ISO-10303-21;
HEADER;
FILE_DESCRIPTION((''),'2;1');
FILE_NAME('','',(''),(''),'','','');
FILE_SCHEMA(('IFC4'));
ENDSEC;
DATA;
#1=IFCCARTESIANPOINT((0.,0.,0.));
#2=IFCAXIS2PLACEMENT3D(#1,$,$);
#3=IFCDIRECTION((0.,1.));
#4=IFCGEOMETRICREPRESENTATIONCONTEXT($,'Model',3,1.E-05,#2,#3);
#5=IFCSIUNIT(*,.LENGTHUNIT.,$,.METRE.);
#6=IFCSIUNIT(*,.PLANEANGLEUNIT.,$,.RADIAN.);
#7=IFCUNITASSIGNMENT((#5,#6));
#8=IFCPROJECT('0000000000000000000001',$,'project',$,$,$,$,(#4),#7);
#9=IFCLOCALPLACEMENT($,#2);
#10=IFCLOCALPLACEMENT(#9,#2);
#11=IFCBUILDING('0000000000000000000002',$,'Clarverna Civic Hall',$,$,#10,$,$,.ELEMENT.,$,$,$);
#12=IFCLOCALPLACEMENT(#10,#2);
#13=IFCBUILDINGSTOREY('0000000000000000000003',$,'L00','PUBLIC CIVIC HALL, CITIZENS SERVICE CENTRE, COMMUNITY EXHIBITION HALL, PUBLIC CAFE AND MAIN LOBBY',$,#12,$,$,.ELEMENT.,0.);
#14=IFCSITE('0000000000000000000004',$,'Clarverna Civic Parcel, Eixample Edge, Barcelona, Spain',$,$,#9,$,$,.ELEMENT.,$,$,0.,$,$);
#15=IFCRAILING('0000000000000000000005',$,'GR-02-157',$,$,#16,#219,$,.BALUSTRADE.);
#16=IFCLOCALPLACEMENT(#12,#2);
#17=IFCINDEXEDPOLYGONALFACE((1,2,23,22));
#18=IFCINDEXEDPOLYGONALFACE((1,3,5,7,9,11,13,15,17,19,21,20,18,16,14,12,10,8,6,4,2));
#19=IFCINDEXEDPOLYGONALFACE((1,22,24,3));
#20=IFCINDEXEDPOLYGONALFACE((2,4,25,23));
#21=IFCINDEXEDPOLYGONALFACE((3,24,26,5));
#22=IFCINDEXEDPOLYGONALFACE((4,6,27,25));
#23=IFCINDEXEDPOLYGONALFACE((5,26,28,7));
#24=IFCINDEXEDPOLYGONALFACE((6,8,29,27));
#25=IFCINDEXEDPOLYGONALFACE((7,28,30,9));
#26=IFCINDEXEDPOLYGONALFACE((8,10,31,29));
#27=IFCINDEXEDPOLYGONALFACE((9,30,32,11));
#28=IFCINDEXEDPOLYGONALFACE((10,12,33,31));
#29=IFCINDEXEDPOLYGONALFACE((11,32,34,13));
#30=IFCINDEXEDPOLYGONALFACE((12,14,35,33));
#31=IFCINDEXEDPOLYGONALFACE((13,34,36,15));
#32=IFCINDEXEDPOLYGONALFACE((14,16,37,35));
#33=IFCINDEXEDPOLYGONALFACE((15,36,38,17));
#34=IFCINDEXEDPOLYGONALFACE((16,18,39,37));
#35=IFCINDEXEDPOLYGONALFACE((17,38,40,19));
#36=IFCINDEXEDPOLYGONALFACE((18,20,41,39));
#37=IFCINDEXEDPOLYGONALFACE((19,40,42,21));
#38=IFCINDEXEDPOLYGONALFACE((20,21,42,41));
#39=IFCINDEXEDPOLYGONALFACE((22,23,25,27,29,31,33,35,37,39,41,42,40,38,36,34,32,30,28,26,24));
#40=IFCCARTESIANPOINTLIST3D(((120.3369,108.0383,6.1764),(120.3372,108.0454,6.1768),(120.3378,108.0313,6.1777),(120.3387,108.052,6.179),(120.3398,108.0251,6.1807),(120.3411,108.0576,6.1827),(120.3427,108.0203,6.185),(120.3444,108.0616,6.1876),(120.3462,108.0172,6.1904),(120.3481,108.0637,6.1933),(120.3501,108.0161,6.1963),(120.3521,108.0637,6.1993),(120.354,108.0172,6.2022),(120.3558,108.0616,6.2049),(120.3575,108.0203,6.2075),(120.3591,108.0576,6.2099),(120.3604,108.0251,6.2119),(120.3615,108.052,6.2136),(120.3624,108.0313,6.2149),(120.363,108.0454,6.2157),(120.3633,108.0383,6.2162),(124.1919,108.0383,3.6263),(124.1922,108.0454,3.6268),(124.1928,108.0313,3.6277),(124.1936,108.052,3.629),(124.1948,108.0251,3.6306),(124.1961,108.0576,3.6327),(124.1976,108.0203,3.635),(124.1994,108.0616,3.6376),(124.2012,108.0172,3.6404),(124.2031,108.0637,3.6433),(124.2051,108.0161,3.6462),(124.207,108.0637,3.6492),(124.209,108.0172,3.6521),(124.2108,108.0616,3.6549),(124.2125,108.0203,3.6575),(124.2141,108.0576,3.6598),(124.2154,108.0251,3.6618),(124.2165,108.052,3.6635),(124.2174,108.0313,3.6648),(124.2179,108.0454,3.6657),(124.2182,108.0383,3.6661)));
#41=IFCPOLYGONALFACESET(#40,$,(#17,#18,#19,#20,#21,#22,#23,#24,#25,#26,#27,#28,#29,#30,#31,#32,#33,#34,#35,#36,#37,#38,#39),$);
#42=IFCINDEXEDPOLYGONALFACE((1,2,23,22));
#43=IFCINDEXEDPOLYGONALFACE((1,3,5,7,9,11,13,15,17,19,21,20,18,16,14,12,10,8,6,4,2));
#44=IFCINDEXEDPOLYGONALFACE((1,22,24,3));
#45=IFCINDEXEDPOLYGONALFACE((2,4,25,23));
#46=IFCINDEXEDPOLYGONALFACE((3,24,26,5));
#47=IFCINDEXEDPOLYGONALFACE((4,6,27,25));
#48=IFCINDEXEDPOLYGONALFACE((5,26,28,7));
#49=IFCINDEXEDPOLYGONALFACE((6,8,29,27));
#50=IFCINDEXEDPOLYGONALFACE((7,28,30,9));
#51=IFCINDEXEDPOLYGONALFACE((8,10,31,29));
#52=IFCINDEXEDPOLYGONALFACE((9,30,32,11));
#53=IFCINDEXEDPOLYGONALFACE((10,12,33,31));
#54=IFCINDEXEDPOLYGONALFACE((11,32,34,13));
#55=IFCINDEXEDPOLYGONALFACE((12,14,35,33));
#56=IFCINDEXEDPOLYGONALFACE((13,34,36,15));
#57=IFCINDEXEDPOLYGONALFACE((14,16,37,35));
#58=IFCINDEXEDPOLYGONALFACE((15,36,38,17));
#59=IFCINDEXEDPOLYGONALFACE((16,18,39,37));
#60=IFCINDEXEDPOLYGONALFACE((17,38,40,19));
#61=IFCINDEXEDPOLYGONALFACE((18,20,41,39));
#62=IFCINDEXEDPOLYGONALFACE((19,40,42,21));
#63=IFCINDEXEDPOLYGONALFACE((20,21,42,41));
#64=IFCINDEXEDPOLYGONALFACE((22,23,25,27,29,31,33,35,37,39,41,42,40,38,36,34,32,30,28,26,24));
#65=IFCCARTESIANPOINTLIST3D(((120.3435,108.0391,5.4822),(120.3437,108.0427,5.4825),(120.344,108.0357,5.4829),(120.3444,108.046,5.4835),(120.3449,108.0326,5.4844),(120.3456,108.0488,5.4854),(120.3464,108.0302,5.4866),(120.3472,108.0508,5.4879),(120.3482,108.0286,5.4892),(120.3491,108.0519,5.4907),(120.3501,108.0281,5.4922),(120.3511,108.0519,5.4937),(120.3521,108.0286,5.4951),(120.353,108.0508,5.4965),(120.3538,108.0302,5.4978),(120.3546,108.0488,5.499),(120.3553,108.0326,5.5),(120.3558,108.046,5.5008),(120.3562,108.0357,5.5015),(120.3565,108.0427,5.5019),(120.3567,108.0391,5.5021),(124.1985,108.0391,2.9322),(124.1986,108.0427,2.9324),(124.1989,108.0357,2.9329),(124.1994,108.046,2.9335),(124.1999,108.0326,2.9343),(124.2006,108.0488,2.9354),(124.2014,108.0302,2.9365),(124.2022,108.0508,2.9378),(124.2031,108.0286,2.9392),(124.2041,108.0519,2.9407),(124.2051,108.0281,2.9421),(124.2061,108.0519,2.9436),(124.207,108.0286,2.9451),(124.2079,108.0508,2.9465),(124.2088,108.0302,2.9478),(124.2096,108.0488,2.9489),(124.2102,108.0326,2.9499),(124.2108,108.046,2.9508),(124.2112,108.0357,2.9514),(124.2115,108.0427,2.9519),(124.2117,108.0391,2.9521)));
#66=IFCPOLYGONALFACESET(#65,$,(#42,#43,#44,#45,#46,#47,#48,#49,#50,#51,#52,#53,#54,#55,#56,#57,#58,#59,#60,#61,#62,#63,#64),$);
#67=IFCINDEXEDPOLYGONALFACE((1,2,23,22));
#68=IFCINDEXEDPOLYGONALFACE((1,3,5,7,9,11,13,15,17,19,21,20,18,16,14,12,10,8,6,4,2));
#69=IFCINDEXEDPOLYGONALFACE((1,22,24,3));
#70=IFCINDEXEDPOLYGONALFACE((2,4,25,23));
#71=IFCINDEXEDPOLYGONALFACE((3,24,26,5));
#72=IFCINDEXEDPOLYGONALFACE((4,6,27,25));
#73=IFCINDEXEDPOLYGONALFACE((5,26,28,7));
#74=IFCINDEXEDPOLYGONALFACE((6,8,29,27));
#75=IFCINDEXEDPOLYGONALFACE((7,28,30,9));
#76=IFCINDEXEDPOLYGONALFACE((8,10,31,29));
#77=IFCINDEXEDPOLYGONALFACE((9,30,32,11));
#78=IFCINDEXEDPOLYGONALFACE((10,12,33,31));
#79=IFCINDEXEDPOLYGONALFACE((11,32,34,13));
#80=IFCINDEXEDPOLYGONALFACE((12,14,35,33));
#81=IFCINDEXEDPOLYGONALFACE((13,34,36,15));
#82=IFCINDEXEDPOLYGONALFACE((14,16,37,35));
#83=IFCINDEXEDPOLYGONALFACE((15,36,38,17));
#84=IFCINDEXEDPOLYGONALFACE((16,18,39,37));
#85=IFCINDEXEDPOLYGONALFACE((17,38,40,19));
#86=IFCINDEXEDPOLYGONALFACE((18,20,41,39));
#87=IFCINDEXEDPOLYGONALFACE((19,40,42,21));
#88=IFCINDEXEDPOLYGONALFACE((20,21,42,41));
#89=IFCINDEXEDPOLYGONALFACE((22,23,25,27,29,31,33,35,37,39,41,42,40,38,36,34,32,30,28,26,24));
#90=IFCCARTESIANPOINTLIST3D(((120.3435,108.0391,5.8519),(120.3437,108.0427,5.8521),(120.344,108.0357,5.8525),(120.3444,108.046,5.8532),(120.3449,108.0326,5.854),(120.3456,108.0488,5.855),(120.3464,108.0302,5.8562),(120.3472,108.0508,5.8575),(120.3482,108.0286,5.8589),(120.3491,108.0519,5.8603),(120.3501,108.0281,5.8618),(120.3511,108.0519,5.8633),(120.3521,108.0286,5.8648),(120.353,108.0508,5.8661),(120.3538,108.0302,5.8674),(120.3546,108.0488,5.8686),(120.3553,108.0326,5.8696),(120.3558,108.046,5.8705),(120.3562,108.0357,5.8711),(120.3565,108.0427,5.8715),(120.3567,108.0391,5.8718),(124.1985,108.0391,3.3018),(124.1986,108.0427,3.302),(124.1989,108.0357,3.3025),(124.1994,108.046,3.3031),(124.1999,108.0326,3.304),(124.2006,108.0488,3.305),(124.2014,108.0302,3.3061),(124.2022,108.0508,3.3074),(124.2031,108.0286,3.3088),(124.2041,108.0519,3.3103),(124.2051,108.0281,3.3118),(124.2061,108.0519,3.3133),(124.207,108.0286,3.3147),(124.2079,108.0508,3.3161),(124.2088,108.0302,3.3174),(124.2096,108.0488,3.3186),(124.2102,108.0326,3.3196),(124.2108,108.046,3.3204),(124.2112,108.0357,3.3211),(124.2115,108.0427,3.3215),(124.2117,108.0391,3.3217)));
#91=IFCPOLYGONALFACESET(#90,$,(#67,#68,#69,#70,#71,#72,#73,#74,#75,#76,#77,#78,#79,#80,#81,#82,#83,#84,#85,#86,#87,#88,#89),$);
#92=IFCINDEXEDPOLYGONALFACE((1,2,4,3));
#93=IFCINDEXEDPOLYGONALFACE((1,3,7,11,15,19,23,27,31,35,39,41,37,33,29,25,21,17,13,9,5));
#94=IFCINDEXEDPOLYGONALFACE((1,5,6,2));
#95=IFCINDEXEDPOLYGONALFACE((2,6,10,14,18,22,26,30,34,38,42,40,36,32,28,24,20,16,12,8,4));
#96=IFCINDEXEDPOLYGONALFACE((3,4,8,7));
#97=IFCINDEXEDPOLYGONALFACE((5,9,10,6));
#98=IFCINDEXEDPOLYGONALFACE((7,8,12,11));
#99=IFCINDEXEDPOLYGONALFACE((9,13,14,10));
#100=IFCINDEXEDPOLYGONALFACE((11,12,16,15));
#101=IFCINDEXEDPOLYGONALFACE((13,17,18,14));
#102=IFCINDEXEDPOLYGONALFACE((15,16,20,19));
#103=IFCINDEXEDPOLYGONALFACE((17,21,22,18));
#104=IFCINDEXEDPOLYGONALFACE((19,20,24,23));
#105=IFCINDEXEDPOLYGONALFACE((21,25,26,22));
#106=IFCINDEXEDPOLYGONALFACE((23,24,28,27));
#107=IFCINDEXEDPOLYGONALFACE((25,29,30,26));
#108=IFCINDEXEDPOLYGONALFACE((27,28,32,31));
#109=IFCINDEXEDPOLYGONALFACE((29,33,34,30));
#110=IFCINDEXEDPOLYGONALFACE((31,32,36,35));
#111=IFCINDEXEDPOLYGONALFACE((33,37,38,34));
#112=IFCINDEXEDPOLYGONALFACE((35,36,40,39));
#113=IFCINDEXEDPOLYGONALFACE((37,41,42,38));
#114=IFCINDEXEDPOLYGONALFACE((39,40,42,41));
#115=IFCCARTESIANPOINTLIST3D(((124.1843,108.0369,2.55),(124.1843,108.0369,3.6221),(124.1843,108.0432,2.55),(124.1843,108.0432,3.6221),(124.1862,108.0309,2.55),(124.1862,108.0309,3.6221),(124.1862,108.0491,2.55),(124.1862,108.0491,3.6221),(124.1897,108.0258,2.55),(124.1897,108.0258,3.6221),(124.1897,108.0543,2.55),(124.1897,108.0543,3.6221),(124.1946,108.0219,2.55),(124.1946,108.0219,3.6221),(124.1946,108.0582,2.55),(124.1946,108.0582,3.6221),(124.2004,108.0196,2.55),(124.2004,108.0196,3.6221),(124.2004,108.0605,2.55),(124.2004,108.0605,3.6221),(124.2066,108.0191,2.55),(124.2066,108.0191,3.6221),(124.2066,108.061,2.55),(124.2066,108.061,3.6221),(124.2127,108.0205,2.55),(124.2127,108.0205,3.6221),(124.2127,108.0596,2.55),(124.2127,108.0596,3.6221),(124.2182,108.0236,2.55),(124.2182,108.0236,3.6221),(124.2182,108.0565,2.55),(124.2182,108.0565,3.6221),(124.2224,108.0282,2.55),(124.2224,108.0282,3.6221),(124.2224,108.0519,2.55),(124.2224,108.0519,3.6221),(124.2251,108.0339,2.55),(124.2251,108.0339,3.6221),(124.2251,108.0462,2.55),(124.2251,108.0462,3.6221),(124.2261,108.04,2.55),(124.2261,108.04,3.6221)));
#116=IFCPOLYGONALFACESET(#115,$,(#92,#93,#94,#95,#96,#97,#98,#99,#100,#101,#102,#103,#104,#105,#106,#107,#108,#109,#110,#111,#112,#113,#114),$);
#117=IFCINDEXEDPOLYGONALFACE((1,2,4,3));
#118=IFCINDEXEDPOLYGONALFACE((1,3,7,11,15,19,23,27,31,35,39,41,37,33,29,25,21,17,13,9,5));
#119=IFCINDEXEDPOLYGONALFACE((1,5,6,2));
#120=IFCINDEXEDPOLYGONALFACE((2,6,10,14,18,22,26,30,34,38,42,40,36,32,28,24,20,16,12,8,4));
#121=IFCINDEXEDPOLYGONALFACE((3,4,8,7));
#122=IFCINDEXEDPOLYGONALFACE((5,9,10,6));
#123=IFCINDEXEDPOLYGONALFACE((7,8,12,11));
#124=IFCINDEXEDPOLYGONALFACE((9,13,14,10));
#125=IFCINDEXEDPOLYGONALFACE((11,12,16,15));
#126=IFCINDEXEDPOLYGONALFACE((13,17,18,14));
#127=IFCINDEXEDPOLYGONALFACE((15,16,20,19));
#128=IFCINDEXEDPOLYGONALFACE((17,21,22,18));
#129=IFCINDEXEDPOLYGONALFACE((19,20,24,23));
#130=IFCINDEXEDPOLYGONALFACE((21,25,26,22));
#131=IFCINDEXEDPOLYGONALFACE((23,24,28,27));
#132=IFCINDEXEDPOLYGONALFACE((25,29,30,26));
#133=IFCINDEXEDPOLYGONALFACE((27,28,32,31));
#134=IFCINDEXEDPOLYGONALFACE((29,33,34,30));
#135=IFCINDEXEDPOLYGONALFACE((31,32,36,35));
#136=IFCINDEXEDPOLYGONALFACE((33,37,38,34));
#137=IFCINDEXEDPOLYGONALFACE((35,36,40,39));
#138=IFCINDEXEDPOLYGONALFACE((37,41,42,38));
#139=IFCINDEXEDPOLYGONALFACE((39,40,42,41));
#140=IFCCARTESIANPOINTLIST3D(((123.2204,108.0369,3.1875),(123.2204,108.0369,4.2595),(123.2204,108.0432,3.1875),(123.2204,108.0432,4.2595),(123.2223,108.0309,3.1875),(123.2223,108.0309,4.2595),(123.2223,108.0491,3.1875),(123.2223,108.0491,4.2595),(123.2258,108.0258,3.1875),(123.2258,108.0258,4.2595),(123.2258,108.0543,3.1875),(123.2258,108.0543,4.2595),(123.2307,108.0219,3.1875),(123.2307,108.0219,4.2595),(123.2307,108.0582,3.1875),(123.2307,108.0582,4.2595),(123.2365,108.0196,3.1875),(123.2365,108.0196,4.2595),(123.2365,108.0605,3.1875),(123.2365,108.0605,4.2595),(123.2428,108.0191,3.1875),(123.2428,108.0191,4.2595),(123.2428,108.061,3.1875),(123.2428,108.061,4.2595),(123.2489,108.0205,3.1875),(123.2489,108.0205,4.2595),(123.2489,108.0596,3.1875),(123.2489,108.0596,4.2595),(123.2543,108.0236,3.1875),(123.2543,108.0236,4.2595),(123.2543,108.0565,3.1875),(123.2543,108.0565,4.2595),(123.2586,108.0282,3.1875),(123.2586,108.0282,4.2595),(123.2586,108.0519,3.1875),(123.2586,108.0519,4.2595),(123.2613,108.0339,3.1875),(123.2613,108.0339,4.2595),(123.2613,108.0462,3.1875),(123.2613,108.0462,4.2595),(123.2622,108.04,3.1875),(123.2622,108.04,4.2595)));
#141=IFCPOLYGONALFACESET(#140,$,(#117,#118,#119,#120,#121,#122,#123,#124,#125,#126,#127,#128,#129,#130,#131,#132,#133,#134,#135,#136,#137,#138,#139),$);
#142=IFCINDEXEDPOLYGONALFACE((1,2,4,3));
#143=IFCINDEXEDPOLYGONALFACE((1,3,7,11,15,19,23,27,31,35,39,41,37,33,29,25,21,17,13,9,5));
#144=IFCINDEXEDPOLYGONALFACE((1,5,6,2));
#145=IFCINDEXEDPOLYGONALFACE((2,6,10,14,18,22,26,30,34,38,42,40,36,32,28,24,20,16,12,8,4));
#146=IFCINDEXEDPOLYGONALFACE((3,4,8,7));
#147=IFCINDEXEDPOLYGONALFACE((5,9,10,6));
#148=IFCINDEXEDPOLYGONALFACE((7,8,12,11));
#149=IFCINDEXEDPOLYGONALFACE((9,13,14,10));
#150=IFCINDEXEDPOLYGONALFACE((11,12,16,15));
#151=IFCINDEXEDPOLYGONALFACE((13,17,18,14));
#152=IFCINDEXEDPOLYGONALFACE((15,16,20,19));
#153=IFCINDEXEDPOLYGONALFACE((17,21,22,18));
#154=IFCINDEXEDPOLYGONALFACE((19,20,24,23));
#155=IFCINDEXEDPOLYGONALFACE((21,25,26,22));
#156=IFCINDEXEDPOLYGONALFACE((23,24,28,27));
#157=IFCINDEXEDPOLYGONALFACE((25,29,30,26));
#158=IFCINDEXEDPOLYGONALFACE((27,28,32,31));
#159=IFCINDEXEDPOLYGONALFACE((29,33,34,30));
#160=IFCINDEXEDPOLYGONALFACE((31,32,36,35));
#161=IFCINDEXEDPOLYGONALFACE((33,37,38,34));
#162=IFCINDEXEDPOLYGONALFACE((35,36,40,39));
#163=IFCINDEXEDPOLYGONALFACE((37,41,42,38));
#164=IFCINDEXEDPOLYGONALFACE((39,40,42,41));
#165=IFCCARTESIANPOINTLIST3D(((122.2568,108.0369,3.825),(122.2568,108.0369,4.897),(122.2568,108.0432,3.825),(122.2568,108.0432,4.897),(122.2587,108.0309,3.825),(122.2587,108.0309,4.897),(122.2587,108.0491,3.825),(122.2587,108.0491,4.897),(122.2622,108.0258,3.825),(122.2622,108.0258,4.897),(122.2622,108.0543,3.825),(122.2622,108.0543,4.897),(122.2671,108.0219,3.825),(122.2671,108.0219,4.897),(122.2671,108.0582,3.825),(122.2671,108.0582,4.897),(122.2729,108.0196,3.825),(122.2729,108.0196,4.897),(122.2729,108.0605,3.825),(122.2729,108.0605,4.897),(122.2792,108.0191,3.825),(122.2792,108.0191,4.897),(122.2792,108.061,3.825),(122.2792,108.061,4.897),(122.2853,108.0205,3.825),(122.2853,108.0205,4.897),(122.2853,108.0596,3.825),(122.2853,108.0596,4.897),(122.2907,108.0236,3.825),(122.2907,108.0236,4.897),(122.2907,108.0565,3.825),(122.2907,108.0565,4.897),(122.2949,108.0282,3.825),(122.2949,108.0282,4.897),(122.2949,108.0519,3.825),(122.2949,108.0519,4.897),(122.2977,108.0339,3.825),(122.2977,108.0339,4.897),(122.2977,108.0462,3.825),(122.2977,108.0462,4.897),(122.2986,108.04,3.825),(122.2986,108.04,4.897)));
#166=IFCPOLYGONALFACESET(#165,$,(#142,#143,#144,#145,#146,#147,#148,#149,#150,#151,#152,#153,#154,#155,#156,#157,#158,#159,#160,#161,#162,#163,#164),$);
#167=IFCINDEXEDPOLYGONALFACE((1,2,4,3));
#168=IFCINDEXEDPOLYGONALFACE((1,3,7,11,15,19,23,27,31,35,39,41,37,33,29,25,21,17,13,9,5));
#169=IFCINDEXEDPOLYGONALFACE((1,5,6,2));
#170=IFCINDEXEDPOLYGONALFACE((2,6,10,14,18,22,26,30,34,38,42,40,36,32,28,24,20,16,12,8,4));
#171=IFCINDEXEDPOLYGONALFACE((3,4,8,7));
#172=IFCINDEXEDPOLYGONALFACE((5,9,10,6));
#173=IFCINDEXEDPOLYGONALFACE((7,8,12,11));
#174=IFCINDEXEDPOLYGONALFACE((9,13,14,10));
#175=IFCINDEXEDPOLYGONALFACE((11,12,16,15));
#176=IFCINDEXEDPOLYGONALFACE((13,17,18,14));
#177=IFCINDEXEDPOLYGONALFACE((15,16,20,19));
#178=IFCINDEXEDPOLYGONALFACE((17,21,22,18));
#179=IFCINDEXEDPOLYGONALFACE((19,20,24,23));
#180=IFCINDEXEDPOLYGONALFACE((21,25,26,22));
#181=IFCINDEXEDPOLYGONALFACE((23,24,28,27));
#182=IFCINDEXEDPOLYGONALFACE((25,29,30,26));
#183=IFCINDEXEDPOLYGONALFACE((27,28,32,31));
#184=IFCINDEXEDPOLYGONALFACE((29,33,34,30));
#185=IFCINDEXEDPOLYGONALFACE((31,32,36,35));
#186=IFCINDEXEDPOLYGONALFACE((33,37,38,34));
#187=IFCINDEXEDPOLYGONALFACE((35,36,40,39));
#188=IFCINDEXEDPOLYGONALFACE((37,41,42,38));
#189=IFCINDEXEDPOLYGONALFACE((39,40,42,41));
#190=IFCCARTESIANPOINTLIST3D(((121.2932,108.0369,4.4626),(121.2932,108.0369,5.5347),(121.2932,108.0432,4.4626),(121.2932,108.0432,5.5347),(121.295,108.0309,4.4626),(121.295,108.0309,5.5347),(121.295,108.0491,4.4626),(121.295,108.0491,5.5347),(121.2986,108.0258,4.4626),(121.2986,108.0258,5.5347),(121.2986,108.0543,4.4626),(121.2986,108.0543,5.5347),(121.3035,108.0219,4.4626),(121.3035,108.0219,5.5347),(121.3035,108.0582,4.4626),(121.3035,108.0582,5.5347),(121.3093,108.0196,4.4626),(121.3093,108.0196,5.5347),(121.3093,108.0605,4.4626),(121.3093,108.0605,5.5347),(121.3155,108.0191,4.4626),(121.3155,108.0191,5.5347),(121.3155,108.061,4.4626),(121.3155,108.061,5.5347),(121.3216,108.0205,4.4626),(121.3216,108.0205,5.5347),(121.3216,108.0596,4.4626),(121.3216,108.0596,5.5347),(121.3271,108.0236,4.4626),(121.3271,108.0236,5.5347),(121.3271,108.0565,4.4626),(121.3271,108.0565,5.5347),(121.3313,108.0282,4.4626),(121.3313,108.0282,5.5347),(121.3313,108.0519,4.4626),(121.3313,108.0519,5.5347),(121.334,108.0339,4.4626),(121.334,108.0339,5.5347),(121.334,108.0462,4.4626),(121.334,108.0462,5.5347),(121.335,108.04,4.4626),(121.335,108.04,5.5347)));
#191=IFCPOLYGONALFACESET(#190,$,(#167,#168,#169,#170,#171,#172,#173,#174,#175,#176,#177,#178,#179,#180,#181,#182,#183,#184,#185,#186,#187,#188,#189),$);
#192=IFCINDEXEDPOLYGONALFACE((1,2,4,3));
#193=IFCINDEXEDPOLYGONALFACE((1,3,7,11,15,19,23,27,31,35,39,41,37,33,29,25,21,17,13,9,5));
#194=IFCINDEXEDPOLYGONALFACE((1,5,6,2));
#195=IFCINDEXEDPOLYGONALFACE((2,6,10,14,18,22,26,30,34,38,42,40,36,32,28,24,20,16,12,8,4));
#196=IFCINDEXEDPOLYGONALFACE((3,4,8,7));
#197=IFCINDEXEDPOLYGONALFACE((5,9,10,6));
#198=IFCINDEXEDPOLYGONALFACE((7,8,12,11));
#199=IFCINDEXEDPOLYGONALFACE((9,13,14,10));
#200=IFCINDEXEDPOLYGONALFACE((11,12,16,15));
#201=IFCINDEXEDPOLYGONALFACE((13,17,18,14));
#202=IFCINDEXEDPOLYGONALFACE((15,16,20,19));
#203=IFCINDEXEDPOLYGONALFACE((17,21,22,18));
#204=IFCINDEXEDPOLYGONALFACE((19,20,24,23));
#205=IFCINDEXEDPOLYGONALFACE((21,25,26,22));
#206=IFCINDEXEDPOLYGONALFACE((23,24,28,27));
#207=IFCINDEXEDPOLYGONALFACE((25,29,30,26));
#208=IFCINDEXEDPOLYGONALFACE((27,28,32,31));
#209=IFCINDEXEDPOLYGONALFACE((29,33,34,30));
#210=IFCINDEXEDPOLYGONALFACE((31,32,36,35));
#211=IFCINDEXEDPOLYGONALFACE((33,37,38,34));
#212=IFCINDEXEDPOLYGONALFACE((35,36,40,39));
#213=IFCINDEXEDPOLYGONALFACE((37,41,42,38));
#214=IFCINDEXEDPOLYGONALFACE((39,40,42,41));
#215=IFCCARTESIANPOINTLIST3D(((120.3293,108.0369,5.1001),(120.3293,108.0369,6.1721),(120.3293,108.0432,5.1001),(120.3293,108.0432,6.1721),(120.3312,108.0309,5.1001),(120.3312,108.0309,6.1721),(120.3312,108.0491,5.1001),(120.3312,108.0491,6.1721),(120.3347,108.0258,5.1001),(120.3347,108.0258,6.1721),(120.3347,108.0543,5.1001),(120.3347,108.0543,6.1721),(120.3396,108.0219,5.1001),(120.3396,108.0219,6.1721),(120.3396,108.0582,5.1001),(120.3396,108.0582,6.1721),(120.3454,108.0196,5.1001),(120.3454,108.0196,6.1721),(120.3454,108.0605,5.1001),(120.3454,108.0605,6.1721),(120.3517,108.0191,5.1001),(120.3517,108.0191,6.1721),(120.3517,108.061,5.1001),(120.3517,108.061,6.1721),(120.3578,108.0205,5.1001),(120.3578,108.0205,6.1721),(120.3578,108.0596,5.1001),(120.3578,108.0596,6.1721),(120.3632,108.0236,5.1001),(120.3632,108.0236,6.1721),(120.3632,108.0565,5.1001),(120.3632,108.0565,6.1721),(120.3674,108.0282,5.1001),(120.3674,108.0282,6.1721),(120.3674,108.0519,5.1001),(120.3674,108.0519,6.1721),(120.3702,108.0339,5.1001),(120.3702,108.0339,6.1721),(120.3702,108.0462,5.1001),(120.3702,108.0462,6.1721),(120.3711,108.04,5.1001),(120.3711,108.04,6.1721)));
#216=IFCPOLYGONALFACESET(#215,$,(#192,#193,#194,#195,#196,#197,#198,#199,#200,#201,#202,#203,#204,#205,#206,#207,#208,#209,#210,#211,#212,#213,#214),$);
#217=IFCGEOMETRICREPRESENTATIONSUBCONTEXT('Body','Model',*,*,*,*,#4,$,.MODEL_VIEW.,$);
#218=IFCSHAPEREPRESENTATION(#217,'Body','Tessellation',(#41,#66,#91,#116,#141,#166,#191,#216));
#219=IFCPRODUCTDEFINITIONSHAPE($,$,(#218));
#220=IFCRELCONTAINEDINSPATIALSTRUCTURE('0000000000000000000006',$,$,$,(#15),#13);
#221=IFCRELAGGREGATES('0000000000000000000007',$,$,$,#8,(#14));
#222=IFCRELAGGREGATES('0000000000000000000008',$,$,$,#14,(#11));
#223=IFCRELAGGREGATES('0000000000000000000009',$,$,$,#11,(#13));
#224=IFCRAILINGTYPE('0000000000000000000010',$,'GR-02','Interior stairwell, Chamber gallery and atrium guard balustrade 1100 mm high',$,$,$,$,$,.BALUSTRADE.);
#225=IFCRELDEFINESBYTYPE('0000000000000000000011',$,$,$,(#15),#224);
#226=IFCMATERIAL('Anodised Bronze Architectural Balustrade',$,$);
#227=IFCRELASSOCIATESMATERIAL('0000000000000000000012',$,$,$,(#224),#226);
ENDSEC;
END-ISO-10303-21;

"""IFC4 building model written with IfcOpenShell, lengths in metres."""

from ifc_helpers import new_model, si_unit, direction, frame, origin, origin_2d, place, context, subcontext, project, spatial, circle, extrude, material, type_object, element, save


model = new_model("IFC4")

# Units and contexts
model_context = context("Model", 3, precision=1e-05, world=origin(), true_north=direction((0.0, 1.0)))
body_context = subcontext(model_context, "Body", "Model", "MODEL_VIEW")
ifc_project = project(units=[si_unit("LENGTHUNIT", "METRE"), si_unit("PLANEANGLEUNIT", "RADIAN")], contexts=[model_context])

# Site, building, storey
site_placement = place(None, origin())
site = spatial("IfcSite", under=ifc_project, at=site_placement, Name="Clarverna Civic Parcel, Eixample Edge, Barcelona, Spain", CompositionType="ELEMENT", RefElevation=0.0)
building_placement = place(site_placement, origin())
building = spatial("IfcBuilding", under=site, at=building_placement, Name="Clarverna Civic Hall", CompositionType="ELEMENT")
storey_placement = place(building_placement, origin())
storey = spatial("IfcBuildingStorey", under=building, at=storey_placement, Name="L00", Description="PUBLIC CIVIC HALL, CITIZENS SERVICE CENTRE, COMMUNITY EXHIBITION HALL, PUBLIC CAFE AND MAIN LOBBY", CompositionType="ELEMENT", Elevation=0.0)

# Railing
ifc_material_1 = material(Name="Anodised Bronze Architectural Balustrade")
railing_type = type_object("IfcRailingType", Name="GR-02", Description="Interior stairwell, Chamber gallery and atrium guard balustrade 1100 mm high", PredefinedType="BALUSTRADE", material=ifc_material_1)
railing_1_placement = place(storey_placement, frame((124.2051, 108.04, 2.55)))
element("IfcRailing", 1, at=railing_1_placement, inside=storey, type_object=railing_type, Name="GR-02-157", PredefinedType="BALUSTRADE", context=body_context, shape_type="SweptSolid", body=[
    extrude(circle(Radius=0.0239, at=origin_2d()), frame((0.0, 0.0, 1.0962), z_axis=(-0.834036, 0.0, 0.55171), x_axis=(0.0, -1.0, 0.0)), (0.0, 0.0, 1.0), 4.6221),
    extrude(circle(Radius=0.012, at=origin_2d()), frame((0.0, 0.0, 0.3921), z_axis=(-0.834036, 0.0, 0.55171), x_axis=(0.0, -1.0, 0.0)), (0.0, 0.0, 1.0), 4.6221),
    extrude(circle(Radius=0.012, at=origin_2d()), frame((0.0, 0.0, 0.7617), z_axis=(-0.834036, 0.0, 0.55171), x_axis=(0.0, -1.0, 0.0)), (0.0, 0.0, 1.0), 4.6221),
    extrude(circle(Radius=0.021, at=origin_2d()), origin(), (0.0, 0.0, 1.0), 1.072),
    extrude(circle(Radius=0.021, at=origin_2d()), frame((-0.9639, 0.0, 0.6375)), (0.0, 0.0, 1.0), 1.072),
    extrude(circle(Radius=0.021, at=origin_2d()), frame((-1.9275, 0.0, 1.2749)), (0.0, 0.0, 1.0), 1.072),
    extrude(circle(Radius=0.021, at=origin_2d()), frame((-2.8911, 0.0, 1.9126)), (0.0, 0.0, 1.0), 1.072),
    extrude(circle(Radius=0.021, at=origin_2d()), frame((-3.855, 0.0, 2.55)), (0.0, 0.0, 1.0), 1.072),
])

save(model, "model.ifc")
